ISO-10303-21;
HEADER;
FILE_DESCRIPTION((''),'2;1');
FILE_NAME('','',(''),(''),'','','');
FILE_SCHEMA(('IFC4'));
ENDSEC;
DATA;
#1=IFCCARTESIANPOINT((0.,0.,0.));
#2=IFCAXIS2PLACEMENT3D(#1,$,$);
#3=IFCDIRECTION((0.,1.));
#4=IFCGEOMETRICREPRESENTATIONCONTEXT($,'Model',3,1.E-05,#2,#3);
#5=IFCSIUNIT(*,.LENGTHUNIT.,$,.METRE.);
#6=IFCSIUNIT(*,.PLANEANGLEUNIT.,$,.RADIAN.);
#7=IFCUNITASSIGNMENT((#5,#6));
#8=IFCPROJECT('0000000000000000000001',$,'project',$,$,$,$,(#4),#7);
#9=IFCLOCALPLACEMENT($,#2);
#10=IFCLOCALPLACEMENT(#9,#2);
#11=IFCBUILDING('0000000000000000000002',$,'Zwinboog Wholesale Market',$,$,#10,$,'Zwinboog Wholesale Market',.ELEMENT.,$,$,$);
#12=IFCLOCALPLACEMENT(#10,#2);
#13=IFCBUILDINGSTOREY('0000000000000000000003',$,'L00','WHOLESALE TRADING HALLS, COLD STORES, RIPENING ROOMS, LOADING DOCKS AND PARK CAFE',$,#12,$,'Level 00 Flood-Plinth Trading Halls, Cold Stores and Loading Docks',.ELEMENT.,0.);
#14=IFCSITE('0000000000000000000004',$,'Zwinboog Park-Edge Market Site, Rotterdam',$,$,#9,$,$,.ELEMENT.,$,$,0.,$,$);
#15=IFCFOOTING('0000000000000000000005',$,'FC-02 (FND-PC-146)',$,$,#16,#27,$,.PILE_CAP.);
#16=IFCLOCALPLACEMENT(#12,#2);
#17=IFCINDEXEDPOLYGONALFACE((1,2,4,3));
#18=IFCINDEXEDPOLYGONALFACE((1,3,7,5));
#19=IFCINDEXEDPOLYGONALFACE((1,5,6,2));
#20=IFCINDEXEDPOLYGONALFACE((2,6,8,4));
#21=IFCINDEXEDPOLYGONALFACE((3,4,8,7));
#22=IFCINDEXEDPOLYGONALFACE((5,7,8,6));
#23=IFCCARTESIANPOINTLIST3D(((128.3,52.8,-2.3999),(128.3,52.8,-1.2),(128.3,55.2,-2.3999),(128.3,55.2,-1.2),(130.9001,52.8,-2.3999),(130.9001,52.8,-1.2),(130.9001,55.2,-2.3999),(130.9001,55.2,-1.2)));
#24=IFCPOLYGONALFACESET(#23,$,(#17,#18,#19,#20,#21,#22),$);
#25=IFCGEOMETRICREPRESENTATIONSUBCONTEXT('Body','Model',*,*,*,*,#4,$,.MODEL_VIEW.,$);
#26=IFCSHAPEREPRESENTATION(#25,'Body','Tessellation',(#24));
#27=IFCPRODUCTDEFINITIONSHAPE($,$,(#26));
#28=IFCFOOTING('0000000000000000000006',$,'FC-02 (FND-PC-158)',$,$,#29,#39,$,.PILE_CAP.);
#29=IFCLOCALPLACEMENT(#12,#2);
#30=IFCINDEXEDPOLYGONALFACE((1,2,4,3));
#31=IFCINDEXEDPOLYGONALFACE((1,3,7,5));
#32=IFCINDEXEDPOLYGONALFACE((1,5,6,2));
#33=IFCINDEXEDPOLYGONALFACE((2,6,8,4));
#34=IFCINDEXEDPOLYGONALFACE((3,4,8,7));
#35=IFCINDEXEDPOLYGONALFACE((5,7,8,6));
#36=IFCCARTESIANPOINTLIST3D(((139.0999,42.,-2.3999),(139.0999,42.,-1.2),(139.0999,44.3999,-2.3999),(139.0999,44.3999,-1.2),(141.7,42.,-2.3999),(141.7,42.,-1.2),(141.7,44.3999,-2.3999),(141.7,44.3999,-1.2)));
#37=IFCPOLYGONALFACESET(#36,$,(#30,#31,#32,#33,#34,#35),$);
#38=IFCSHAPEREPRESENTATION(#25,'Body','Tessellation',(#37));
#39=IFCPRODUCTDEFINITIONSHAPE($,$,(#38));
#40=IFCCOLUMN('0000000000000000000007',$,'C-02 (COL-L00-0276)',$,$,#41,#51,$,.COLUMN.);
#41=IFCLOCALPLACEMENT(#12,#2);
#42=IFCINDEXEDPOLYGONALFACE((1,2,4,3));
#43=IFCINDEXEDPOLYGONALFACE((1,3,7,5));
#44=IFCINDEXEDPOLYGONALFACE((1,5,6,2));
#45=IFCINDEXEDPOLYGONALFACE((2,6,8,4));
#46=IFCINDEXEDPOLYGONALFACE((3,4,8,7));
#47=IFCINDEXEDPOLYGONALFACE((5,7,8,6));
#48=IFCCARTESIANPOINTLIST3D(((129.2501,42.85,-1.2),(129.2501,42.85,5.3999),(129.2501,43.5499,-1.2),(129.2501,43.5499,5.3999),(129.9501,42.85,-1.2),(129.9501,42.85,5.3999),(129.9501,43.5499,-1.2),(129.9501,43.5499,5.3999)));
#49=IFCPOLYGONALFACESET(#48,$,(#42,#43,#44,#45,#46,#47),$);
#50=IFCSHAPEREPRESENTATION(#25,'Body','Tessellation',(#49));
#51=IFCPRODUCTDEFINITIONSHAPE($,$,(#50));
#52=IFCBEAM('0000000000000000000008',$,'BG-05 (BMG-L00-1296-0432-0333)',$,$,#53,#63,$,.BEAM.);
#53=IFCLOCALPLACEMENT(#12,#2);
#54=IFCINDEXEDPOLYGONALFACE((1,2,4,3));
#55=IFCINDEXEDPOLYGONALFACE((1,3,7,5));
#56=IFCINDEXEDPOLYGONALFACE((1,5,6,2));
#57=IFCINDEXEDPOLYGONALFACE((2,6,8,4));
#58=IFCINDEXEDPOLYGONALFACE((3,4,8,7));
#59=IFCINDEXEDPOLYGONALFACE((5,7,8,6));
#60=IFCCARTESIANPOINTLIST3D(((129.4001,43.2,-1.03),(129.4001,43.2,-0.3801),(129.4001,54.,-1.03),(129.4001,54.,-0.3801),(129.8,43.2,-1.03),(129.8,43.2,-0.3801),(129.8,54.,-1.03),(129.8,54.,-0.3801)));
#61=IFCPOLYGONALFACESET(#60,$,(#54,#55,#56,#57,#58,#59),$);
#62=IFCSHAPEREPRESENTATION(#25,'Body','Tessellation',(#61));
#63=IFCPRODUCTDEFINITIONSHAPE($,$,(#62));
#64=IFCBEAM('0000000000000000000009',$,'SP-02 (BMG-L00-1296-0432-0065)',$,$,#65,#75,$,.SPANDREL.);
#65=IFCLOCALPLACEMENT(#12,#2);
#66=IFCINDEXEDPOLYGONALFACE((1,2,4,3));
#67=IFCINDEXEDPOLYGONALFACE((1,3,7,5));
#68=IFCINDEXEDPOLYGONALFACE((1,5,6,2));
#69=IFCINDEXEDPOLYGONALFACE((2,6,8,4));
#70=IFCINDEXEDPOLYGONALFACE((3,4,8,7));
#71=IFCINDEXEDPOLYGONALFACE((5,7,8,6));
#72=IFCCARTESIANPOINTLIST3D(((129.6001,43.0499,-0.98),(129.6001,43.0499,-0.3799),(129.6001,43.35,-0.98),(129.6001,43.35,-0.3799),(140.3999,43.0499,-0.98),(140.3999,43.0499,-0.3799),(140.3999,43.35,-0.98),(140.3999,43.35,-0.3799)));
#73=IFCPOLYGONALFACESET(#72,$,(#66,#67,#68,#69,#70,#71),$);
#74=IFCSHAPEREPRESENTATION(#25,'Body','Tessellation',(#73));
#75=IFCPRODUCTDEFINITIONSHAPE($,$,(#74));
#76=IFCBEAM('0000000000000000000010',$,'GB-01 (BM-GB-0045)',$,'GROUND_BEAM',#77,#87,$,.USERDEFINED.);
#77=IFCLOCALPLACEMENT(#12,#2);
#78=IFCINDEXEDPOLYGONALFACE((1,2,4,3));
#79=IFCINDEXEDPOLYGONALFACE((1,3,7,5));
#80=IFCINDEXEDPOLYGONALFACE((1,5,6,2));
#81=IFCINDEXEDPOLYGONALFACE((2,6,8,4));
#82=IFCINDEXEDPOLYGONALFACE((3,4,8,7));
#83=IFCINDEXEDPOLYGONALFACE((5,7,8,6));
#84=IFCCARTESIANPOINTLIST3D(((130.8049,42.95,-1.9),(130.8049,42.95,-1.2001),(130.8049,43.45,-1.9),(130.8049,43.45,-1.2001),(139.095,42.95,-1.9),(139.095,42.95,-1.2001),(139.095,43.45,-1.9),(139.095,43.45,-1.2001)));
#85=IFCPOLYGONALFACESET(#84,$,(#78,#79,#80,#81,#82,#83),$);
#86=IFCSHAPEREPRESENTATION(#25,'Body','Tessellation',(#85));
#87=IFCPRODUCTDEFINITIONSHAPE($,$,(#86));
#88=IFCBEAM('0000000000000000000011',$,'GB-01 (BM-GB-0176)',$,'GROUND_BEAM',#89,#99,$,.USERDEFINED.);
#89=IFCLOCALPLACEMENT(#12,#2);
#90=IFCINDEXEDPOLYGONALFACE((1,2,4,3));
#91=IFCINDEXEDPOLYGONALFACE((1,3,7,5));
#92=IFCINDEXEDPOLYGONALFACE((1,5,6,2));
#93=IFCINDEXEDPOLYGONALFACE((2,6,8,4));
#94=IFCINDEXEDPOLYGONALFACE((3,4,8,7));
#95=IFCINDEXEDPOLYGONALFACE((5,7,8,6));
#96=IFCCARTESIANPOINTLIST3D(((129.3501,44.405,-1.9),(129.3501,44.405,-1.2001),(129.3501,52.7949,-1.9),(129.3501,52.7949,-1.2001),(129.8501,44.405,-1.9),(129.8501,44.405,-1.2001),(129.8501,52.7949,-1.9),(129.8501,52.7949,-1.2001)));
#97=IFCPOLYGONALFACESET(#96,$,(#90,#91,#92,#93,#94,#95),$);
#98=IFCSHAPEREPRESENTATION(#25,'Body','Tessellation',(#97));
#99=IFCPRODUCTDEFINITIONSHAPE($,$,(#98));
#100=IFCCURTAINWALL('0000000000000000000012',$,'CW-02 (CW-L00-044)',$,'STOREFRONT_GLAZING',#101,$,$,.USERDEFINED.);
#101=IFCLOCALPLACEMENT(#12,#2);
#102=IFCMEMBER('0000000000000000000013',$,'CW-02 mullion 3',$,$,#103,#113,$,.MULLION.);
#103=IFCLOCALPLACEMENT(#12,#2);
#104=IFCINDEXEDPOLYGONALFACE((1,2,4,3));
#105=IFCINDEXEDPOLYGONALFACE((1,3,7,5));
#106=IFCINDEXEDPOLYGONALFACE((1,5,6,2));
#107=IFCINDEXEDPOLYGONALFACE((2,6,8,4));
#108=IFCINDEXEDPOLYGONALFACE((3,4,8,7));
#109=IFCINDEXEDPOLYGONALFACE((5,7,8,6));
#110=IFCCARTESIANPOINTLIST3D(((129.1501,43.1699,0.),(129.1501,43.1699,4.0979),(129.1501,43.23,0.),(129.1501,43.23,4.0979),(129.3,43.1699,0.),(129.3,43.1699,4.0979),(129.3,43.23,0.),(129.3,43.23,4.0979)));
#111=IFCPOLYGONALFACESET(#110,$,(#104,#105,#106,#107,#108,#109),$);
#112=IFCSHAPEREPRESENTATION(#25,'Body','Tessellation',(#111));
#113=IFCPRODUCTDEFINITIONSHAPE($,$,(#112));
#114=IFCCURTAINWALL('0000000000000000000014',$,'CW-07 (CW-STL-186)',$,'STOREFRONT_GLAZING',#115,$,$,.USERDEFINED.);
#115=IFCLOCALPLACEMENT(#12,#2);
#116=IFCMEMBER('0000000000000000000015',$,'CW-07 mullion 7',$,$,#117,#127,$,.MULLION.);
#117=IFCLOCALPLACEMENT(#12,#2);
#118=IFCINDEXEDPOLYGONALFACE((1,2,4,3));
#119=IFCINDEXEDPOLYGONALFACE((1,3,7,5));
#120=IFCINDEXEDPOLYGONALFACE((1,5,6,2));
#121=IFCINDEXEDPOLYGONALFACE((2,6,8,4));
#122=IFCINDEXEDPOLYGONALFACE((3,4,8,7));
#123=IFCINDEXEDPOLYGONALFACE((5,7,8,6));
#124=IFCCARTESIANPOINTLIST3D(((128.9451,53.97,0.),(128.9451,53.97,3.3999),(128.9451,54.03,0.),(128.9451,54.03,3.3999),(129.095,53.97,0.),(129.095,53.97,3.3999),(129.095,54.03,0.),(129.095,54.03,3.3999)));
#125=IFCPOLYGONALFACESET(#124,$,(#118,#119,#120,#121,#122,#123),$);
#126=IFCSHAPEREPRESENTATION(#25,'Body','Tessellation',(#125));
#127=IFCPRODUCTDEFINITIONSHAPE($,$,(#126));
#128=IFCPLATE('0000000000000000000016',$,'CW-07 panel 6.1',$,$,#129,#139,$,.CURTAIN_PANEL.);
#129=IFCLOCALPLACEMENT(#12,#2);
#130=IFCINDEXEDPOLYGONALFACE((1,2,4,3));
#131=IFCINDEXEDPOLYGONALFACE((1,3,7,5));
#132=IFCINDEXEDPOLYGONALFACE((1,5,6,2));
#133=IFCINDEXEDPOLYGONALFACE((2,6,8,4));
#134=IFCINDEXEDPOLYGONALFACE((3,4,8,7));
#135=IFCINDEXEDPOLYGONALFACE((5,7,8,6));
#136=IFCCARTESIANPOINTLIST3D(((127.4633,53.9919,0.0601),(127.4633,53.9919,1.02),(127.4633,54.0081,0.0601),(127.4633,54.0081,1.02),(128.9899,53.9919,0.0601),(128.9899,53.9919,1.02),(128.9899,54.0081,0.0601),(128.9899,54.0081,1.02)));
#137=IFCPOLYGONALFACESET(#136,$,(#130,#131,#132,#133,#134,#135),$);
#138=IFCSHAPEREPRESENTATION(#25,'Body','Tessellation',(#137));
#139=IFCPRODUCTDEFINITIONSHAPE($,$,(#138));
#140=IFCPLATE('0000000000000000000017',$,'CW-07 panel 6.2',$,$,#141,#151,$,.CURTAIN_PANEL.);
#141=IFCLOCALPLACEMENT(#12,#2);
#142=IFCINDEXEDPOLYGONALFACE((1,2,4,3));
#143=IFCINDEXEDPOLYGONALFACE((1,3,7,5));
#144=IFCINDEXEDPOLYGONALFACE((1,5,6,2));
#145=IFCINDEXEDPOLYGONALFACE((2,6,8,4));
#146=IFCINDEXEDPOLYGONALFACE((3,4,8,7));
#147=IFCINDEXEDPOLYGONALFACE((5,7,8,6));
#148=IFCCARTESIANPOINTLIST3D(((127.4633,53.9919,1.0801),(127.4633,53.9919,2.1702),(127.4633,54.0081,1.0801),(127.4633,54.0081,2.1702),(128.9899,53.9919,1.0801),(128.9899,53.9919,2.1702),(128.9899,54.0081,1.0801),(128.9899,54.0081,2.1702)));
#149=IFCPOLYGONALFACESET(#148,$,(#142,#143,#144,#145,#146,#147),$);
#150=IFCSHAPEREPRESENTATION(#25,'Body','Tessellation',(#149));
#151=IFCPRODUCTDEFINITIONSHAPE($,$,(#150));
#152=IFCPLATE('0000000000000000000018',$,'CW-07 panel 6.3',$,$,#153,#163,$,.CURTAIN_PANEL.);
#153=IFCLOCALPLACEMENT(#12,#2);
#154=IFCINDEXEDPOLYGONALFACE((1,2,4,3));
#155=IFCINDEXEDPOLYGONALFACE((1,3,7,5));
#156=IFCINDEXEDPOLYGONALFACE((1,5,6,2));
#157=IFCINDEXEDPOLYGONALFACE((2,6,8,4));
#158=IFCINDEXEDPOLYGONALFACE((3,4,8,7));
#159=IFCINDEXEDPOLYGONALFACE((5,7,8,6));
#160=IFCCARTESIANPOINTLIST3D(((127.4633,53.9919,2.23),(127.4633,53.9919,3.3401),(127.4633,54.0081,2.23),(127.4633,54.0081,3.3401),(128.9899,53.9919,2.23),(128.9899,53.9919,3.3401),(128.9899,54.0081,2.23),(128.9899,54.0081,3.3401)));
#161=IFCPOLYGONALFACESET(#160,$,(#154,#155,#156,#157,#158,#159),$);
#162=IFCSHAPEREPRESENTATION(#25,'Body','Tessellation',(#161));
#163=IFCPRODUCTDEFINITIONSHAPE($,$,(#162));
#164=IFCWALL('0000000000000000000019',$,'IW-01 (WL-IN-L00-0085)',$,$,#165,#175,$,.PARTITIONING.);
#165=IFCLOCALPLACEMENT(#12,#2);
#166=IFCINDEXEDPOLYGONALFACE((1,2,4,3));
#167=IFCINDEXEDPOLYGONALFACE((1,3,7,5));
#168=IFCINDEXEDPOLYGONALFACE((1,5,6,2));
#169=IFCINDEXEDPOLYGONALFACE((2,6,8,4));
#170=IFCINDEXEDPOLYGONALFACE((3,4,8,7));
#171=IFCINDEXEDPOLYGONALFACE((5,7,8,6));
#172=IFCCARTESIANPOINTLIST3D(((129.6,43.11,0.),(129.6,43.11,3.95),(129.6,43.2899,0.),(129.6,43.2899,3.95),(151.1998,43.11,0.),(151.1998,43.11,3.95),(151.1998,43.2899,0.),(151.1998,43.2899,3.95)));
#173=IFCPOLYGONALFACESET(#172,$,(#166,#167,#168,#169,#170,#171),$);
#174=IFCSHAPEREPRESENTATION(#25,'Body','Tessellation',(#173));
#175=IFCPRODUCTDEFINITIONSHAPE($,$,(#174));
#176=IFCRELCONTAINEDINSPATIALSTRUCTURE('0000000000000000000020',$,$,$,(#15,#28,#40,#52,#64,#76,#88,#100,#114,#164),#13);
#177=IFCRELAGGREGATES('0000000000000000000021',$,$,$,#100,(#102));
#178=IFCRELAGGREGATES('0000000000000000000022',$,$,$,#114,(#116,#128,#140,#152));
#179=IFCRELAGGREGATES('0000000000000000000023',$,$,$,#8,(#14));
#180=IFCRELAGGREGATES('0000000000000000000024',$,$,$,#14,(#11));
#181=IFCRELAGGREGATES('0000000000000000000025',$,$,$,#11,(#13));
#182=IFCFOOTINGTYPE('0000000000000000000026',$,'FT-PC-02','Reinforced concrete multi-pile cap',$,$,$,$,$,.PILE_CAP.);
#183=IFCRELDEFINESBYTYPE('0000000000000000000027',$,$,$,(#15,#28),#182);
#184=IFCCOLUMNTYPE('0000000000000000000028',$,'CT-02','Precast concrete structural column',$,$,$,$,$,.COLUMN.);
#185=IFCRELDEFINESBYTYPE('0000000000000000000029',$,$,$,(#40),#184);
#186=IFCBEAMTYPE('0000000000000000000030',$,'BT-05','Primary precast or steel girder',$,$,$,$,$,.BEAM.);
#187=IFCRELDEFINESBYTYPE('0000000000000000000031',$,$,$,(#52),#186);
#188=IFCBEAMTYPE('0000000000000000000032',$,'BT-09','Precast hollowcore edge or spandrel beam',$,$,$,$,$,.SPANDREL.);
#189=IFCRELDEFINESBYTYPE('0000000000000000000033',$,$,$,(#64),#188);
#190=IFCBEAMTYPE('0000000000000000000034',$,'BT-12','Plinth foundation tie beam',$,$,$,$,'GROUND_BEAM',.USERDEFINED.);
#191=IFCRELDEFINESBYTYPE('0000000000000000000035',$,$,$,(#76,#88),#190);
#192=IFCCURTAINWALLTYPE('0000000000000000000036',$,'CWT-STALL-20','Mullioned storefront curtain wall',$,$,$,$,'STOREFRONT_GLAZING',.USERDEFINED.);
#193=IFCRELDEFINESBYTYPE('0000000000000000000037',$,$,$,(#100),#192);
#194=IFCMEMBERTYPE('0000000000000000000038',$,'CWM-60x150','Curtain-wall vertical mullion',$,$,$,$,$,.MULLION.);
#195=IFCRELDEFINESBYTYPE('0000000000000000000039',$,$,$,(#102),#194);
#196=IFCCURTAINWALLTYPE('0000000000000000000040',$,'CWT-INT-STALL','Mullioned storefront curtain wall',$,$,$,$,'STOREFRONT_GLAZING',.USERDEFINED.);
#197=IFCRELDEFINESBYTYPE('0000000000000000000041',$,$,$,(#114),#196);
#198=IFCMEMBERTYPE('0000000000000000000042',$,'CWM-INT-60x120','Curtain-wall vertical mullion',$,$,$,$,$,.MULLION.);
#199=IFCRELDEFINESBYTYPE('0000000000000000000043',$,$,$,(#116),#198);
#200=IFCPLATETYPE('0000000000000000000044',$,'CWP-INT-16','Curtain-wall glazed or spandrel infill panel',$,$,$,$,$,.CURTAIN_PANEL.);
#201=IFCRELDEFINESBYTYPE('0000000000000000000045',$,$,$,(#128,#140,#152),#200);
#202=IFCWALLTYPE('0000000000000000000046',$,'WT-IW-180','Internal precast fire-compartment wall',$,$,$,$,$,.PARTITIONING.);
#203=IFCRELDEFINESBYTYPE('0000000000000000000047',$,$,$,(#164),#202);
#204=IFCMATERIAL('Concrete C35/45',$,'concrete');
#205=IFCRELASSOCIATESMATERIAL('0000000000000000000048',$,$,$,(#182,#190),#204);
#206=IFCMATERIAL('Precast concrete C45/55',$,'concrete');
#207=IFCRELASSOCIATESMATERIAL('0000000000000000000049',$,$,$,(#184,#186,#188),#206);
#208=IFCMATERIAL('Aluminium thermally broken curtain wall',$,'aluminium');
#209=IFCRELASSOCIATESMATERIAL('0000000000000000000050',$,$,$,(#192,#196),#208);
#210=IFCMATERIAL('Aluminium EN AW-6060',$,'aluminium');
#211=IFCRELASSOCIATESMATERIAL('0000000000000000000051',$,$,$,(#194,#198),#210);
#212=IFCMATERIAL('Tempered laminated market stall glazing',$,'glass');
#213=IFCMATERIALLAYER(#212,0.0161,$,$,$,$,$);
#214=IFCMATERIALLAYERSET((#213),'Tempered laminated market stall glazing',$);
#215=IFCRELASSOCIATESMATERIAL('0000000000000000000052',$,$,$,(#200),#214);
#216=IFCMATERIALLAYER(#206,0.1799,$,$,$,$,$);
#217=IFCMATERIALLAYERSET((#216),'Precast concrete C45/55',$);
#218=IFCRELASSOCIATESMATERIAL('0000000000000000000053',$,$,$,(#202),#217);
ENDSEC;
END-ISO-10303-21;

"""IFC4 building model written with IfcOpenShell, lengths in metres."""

from ifc_helpers import new_model, si_unit, direction, frame, frame_2d, origin, origin_2d, place, context, subcontext, project, spatial, rectangle, extrude, material, layer, layer_set, material_profile, profile_set, type_object, element, aggregate, save


model = new_model("IFC4")

# Units and contexts
model_context = context("Model", 3, precision=1e-05, world=origin(), true_north=direction((0.0, 1.0)))
body_context = subcontext(model_context, "Body", "Model", "MODEL_VIEW")
ifc_project = project(units=[si_unit("LENGTHUNIT", "METRE"), si_unit("PLANEANGLEUNIT", "RADIAN")], contexts=[model_context])

# Site, building, storey
site_placement = place(None, origin())
site = spatial("IfcSite", under=ifc_project, at=site_placement, Name="Zwinboog Park-Edge Market Site, Rotterdam", CompositionType="ELEMENT", RefElevation=0.0)
building_placement = place(site_placement, origin())
building = spatial("IfcBuilding", under=site, at=building_placement, Name="Zwinboog Wholesale Market", LongName="Zwinboog Wholesale Market", CompositionType="ELEMENT")
storey_placement = place(building_placement, origin())
storey = spatial("IfcBuildingStorey", under=building, at=storey_placement, Name="L00", Description="WHOLESALE TRADING HALLS, COLD STORES, RIPENING ROOMS, LOADING DOCKS AND PARK CAFE", LongName="Level 00 Flood-Plinth Trading Halls, Cold Stores and Loading Docks", CompositionType="ELEMENT", Elevation=0.0)

# Footings
ifc_material_1 = material(Name="Concrete C35/45", Category="concrete")
footing_type_1 = type_object("IfcFootingType", Name="FT-PC-02", Description="Reinforced concrete multi-pile cap", PredefinedType="PILE_CAP", material=ifc_material_1)
for number, where, z_axis, x_axis, name in (
    (1, (129.6001, 54.0, -2.3999), (0.0, 0.0, 1.0), (1.0, 0.0, 0.0), "FC-02 (FND-PC-146)"),
    (2, (140.3999, 43.2, -2.3999), (0.0, 0.0, 1.0), (1.0, 0.0, 0.0), "FC-02 (FND-PC-158)"),
):
    element("IfcFooting", number, at=place(storey_placement, frame(where, z_axis=z_axis, x_axis=x_axis)), inside=storey, type_object=footing_type_1, Name=name, PredefinedType="PILE_CAP", context=body_context, shape_type="SweptSolid", body=[
        extrude(rectangle(XDim=2.6001, YDim=2.3999, at=origin_2d()), origin(), (0.0, 0.0, 1.0), 1.2),
    ])

# Column
ifc_material_2 = material(Name="Precast concrete C45/55", Category="concrete")
ifc_material_profile_1 = material_profile(ifc_material_2, rectangle(XDim=0.7, YDim=0.7, at=origin_2d()), Name="PC 700x700")
ifc_profile_set_1 = profile_set([ifc_material_profile_1], Name="Precast concrete C45/55")
column_type = type_object("IfcColumnType", Name="CT-02", Description="Precast concrete structural column", PredefinedType="COLUMN", material=ifc_profile_set_1)
column_placement = place(storey_placement, frame((129.6001, 43.2, -1.2), z_axis=(0.0, 0.0, 1.0), x_axis=(1.0, 0.0, 0.0)))
element("IfcColumn", 3, at=column_placement, inside=storey, type_object=column_type, Name="C-02 (COL-L00-0276)", PredefinedType="COLUMN", context=body_context, shape_type="SweptSolid", body=[
    extrude(rectangle(XDim=0.7, YDim=0.7, at=origin_2d()), origin(), (0.0, 0.0, 1.0), 6.5999),
])

# Beams
ifc_material_profile_2 = material_profile(ifc_material_2, rectangle(XDim=0.3999, YDim=0.6499, at=origin_2d()), Name="PC 400x650")
ifc_profile_set_2 = profile_set([ifc_material_profile_2], Name="Precast concrete C45/55")
beam_type_1 = type_object("IfcBeamType", Name="BT-05", Description="Primary precast or steel girder", PredefinedType="BEAM", material=ifc_profile_set_2)
beam_1_placement = place(storey_placement, frame((129.6001, 43.2, -0.7051), z_axis=(0.0, 1.0, 0.0), x_axis=(-1.0, 0.0, 0.0)))
element("IfcBeam", 4, at=beam_1_placement, inside=storey, type_object=beam_type_1, Name="BG-05 (BMG-L00-1296-0432-0333)", PredefinedType="BEAM", context=body_context, shape_type="SweptSolid", body=[
    extrude(rectangle(XDim=0.3999, YDim=0.6499, at=origin_2d()), origin(), (0.0, 0.0, 1.0), 10.8),
])
ifc_material_profile_3 = material_profile(ifc_material_2, rectangle(XDim=0.3, YDim=0.6001, at=origin_2d()), Name="PC 300x600")
ifc_profile_set_3 = profile_set([ifc_material_profile_3], Name="Precast concrete C45/55")
beam_type_2 = type_object("IfcBeamType", Name="BT-09", Description="Precast hollowcore edge or spandrel beam", PredefinedType="SPANDREL", material=ifc_profile_set_3)
beam_2_placement = place(storey_placement, frame((129.6001, 43.2, -0.6799), z_axis=(1.0, 0.0, 0.0), x_axis=(0.0, 1.0, 0.0)))
element("IfcBeam", 5, at=beam_2_placement, inside=storey, type_object=beam_type_2, Name="SP-02 (BMG-L00-1296-0432-0065)", PredefinedType="SPANDREL", context=body_context, shape_type="SweptSolid", body=[
    extrude(rectangle(XDim=0.3, YDim=0.6001, at=origin_2d()), origin(), (0.0, 0.0, 1.0), 10.7998),
])
ifc_material_profile_4 = material_profile(ifc_material_1, rectangle(XDim=0.5, YDim=0.7, at=origin_2d()), Name="RC 500x700")
ifc_profile_set_4 = profile_set([ifc_material_profile_4], Name="Concrete C35/45")
beam_type_3 = type_object("IfcBeamType", Name="BT-12", Description="Plinth foundation tie beam", ElementType="GROUND_BEAM", PredefinedType="USERDEFINED", material=ifc_profile_set_4)
beam_3_placement = place(storey_placement, frame((130.8049, 43.2, -1.55), z_axis=(1.0, 0.0, 0.0), x_axis=(0.0, 1.0, 0.0)))
element("IfcBeam", 6, at=beam_3_placement, inside=storey, type_object=beam_type_3, Name="GB-01 (BM-GB-0045)", ObjectType="GROUND_BEAM", PredefinedType="USERDEFINED", context=body_context, shape_type="SweptSolid", body=[
    extrude(rectangle(XDim=0.5, YDim=0.7, at=origin_2d()), origin(), (0.0, 0.0, 1.0), 8.29),
])
beam_4_placement = place(storey_placement, frame((129.6001, 44.405, -1.55), z_axis=(0.0, 1.0, 0.0), x_axis=(-1.0, 0.0, 0.0)))
element("IfcBeam", 7, at=beam_4_placement, inside=storey, type_object=beam_type_3, Name="GB-01 (BM-GB-0176)", ObjectType="GROUND_BEAM", PredefinedType="USERDEFINED", context=body_context, shape_type="SweptSolid", body=[
    extrude(rectangle(XDim=0.5, YDim=0.7, at=origin_2d()), origin(), (0.0, 0.0, 1.0), 8.3899),
])

# Curtain wall, member
ifc_material_3 = material(Name="Aluminium thermally broken curtain wall", Category="aluminium")
curtain_wall_type_1 = type_object("IfcCurtainWallType", Name="CWT-STALL-20", Description="Mullioned storefront curtain wall", ElementType="STOREFRONT_GLAZING", PredefinedType="USERDEFINED", material=ifc_material_3)
curtain_wall_1_placement = place(storey_placement, origin())
curtain_wall_1 = element("IfcCurtainWall", 8, at=curtain_wall_1_placement, inside=storey, type_object=curtain_wall_type_1, Name="CW-02 (CW-L00-044)", ObjectType="STOREFRONT_GLAZING", PredefinedType="USERDEFINED")
ifc_material_4 = material(Name="Aluminium EN AW-6060", Category="aluminium")
ifc_material_profile_5 = material_profile(ifc_material_4, rectangle(XDim=0.0601, YDim=0.1499, at=origin_2d()), Name="AL 60x150")
ifc_profile_set_5 = profile_set([ifc_material_profile_5], Name="Aluminium EN AW-6060")
member_type_1 = type_object("IfcMemberType", Name="CWM-60x150", Description="Curtain-wall vertical mullion", PredefinedType="MULLION", material=ifc_profile_set_5)
member_1_placement = place(storey_placement, frame((129.2251, 43.2, 0.0), z_axis=(0.0, 0.0, 1.0), x_axis=(0.0, 1.0, 0.0)))
member_1 = element("IfcMember", 9, at=member_1_placement, type_object=member_type_1, Name="CW-02 mullion 3", PredefinedType="MULLION", context=body_context, shape_type="SweptSolid", body=[
    extrude(rectangle(XDim=0.0601, YDim=0.1499, at=origin_2d()), origin(), (0.0, 0.0, 1.0), 4.0979),
])
aggregate(curtain_wall_1, [member_1])

# Curtain wall, member, plates
curtain_wall_type_2 = type_object("IfcCurtainWallType", Name="CWT-INT-STALL", Description="Mullioned storefront curtain wall", ElementType="STOREFRONT_GLAZING", PredefinedType="USERDEFINED", material=ifc_material_3)
curtain_wall_2_placement = place(storey_placement, origin())
curtain_wall_2 = element("IfcCurtainWall", 10, at=curtain_wall_2_placement, inside=storey, type_object=curtain_wall_type_2, Name="CW-07 (CW-STL-186)", ObjectType="STOREFRONT_GLAZING", PredefinedType="USERDEFINED")
ifc_material_profile_6 = material_profile(ifc_material_4, rectangle(XDim=0.0601, YDim=0.1499, at=origin_2d()), Name="AL 60x150")
ifc_profile_set_6 = profile_set([ifc_material_profile_6], Name="Aluminium EN AW-6060")
member_type_2 = type_object("IfcMemberType", Name="CWM-INT-60x120", Description="Curtain-wall vertical mullion", PredefinedType="MULLION", material=ifc_profile_set_6)
member_2_placement = place(storey_placement, frame((129.02, 54.0, 0.0), z_axis=(0.0, 0.0, 1.0), x_axis=(0.0, 1.0, 0.0)))
member_2 = element("IfcMember", 11, at=member_2_placement, type_object=member_type_2, Name="CW-07 mullion 7", PredefinedType="MULLION", context=body_context, shape_type="SweptSolid", body=[
    extrude(rectangle(XDim=0.0601, YDim=0.1499, at=origin_2d()), origin(), (0.0, 0.0, 1.0), 3.3999),
])
ifc_material_5 = material(Name="Tempered laminated market stall glazing", Category="glass")
ifc_layer_1 = layer(ifc_material_5, 0.0161)
ifc_layer_set_1 = layer_set([ifc_layer_1], Name="Tempered laminated market stall glazing")
plate_type = type_object("IfcPlateType", Name="CWP-INT-16", Description="Curtain-wall glazed or spandrel infill panel", PredefinedType="CURTAIN_PANEL", material=ifc_layer_set_1)
plate_1_placement = place(storey_placement, frame((128.2266, 54.0, 0.0601), z_axis=(0.0, 0.0, 1.0), x_axis=(1.0, 0.0, 0.0)))
plate_1 = element("IfcPlate", 12, at=plate_1_placement, type_object=plate_type, Name="CW-07 panel 6.1", PredefinedType="CURTAIN_PANEL", context=body_context, shape_type="SweptSolid", body=[
    extrude(rectangle(XDim=1.5266, YDim=0.0161, at=origin_2d()), origin(), (0.0, 0.0, 1.0), 0.96),
])
plate_2_placement = place(storey_placement, frame((128.2266, 54.0, 1.0801), z_axis=(0.0, 0.0, 1.0), x_axis=(1.0, 0.0, 0.0)))
plate_2 = element("IfcPlate", 13, at=plate_2_placement, type_object=plate_type, Name="CW-07 panel 6.2", PredefinedType="CURTAIN_PANEL", context=body_context, shape_type="SweptSolid", body=[
    extrude(rectangle(XDim=1.5266, YDim=0.0161, at=origin_2d()), origin(), (0.0, 0.0, 1.0), 1.0901),
])
plate_3_placement = place(storey_placement, frame((128.2266, 54.0, 2.23), z_axis=(0.0, 0.0, 1.0), x_axis=(1.0, 0.0, 0.0)))
plate_3 = element("IfcPlate", 14, at=plate_3_placement, type_object=plate_type, Name="CW-07 panel 6.3", PredefinedType="CURTAIN_PANEL", context=body_context, shape_type="SweptSolid", body=[
    extrude(rectangle(XDim=1.5266, YDim=0.0161, at=origin_2d()), origin(), (0.0, 0.0, 1.0), 1.1101),
])
aggregate(curtain_wall_2, [member_2, plate_1, plate_2, plate_3])

# Wall
ifc_layer_2 = layer(ifc_material_2, 0.1799)
ifc_layer_set_2 = layer_set([ifc_layer_2], Name="Precast concrete C45/55")
wall_type_1 = type_object("IfcWallType", Name="WT-IW-180", Description="Internal precast fire-compartment wall", PredefinedType="PARTITIONING", material=ifc_layer_set_2)
wall_1_placement = place(storey_placement, frame((129.6001, 43.2, 0.0), z_axis=(0.0, 0.0, 1.0), x_axis=(1.0, 0.0, 0.0)))
element("IfcWall", 15, at=wall_1_placement, inside=storey, type_object=wall_type_1, Name="IW-01 (WL-IN-L00-0085)", PredefinedType="PARTITIONING", context=body_context, shape_type="SweptSolid", body=[
    extrude(rectangle(XDim=21.5999, YDim=0.1799, at=frame_2d((10.7998, 0.0))), origin(), (0.0, 0.0, 1.0), 3.95),
])

save(model, "model.ifc")
